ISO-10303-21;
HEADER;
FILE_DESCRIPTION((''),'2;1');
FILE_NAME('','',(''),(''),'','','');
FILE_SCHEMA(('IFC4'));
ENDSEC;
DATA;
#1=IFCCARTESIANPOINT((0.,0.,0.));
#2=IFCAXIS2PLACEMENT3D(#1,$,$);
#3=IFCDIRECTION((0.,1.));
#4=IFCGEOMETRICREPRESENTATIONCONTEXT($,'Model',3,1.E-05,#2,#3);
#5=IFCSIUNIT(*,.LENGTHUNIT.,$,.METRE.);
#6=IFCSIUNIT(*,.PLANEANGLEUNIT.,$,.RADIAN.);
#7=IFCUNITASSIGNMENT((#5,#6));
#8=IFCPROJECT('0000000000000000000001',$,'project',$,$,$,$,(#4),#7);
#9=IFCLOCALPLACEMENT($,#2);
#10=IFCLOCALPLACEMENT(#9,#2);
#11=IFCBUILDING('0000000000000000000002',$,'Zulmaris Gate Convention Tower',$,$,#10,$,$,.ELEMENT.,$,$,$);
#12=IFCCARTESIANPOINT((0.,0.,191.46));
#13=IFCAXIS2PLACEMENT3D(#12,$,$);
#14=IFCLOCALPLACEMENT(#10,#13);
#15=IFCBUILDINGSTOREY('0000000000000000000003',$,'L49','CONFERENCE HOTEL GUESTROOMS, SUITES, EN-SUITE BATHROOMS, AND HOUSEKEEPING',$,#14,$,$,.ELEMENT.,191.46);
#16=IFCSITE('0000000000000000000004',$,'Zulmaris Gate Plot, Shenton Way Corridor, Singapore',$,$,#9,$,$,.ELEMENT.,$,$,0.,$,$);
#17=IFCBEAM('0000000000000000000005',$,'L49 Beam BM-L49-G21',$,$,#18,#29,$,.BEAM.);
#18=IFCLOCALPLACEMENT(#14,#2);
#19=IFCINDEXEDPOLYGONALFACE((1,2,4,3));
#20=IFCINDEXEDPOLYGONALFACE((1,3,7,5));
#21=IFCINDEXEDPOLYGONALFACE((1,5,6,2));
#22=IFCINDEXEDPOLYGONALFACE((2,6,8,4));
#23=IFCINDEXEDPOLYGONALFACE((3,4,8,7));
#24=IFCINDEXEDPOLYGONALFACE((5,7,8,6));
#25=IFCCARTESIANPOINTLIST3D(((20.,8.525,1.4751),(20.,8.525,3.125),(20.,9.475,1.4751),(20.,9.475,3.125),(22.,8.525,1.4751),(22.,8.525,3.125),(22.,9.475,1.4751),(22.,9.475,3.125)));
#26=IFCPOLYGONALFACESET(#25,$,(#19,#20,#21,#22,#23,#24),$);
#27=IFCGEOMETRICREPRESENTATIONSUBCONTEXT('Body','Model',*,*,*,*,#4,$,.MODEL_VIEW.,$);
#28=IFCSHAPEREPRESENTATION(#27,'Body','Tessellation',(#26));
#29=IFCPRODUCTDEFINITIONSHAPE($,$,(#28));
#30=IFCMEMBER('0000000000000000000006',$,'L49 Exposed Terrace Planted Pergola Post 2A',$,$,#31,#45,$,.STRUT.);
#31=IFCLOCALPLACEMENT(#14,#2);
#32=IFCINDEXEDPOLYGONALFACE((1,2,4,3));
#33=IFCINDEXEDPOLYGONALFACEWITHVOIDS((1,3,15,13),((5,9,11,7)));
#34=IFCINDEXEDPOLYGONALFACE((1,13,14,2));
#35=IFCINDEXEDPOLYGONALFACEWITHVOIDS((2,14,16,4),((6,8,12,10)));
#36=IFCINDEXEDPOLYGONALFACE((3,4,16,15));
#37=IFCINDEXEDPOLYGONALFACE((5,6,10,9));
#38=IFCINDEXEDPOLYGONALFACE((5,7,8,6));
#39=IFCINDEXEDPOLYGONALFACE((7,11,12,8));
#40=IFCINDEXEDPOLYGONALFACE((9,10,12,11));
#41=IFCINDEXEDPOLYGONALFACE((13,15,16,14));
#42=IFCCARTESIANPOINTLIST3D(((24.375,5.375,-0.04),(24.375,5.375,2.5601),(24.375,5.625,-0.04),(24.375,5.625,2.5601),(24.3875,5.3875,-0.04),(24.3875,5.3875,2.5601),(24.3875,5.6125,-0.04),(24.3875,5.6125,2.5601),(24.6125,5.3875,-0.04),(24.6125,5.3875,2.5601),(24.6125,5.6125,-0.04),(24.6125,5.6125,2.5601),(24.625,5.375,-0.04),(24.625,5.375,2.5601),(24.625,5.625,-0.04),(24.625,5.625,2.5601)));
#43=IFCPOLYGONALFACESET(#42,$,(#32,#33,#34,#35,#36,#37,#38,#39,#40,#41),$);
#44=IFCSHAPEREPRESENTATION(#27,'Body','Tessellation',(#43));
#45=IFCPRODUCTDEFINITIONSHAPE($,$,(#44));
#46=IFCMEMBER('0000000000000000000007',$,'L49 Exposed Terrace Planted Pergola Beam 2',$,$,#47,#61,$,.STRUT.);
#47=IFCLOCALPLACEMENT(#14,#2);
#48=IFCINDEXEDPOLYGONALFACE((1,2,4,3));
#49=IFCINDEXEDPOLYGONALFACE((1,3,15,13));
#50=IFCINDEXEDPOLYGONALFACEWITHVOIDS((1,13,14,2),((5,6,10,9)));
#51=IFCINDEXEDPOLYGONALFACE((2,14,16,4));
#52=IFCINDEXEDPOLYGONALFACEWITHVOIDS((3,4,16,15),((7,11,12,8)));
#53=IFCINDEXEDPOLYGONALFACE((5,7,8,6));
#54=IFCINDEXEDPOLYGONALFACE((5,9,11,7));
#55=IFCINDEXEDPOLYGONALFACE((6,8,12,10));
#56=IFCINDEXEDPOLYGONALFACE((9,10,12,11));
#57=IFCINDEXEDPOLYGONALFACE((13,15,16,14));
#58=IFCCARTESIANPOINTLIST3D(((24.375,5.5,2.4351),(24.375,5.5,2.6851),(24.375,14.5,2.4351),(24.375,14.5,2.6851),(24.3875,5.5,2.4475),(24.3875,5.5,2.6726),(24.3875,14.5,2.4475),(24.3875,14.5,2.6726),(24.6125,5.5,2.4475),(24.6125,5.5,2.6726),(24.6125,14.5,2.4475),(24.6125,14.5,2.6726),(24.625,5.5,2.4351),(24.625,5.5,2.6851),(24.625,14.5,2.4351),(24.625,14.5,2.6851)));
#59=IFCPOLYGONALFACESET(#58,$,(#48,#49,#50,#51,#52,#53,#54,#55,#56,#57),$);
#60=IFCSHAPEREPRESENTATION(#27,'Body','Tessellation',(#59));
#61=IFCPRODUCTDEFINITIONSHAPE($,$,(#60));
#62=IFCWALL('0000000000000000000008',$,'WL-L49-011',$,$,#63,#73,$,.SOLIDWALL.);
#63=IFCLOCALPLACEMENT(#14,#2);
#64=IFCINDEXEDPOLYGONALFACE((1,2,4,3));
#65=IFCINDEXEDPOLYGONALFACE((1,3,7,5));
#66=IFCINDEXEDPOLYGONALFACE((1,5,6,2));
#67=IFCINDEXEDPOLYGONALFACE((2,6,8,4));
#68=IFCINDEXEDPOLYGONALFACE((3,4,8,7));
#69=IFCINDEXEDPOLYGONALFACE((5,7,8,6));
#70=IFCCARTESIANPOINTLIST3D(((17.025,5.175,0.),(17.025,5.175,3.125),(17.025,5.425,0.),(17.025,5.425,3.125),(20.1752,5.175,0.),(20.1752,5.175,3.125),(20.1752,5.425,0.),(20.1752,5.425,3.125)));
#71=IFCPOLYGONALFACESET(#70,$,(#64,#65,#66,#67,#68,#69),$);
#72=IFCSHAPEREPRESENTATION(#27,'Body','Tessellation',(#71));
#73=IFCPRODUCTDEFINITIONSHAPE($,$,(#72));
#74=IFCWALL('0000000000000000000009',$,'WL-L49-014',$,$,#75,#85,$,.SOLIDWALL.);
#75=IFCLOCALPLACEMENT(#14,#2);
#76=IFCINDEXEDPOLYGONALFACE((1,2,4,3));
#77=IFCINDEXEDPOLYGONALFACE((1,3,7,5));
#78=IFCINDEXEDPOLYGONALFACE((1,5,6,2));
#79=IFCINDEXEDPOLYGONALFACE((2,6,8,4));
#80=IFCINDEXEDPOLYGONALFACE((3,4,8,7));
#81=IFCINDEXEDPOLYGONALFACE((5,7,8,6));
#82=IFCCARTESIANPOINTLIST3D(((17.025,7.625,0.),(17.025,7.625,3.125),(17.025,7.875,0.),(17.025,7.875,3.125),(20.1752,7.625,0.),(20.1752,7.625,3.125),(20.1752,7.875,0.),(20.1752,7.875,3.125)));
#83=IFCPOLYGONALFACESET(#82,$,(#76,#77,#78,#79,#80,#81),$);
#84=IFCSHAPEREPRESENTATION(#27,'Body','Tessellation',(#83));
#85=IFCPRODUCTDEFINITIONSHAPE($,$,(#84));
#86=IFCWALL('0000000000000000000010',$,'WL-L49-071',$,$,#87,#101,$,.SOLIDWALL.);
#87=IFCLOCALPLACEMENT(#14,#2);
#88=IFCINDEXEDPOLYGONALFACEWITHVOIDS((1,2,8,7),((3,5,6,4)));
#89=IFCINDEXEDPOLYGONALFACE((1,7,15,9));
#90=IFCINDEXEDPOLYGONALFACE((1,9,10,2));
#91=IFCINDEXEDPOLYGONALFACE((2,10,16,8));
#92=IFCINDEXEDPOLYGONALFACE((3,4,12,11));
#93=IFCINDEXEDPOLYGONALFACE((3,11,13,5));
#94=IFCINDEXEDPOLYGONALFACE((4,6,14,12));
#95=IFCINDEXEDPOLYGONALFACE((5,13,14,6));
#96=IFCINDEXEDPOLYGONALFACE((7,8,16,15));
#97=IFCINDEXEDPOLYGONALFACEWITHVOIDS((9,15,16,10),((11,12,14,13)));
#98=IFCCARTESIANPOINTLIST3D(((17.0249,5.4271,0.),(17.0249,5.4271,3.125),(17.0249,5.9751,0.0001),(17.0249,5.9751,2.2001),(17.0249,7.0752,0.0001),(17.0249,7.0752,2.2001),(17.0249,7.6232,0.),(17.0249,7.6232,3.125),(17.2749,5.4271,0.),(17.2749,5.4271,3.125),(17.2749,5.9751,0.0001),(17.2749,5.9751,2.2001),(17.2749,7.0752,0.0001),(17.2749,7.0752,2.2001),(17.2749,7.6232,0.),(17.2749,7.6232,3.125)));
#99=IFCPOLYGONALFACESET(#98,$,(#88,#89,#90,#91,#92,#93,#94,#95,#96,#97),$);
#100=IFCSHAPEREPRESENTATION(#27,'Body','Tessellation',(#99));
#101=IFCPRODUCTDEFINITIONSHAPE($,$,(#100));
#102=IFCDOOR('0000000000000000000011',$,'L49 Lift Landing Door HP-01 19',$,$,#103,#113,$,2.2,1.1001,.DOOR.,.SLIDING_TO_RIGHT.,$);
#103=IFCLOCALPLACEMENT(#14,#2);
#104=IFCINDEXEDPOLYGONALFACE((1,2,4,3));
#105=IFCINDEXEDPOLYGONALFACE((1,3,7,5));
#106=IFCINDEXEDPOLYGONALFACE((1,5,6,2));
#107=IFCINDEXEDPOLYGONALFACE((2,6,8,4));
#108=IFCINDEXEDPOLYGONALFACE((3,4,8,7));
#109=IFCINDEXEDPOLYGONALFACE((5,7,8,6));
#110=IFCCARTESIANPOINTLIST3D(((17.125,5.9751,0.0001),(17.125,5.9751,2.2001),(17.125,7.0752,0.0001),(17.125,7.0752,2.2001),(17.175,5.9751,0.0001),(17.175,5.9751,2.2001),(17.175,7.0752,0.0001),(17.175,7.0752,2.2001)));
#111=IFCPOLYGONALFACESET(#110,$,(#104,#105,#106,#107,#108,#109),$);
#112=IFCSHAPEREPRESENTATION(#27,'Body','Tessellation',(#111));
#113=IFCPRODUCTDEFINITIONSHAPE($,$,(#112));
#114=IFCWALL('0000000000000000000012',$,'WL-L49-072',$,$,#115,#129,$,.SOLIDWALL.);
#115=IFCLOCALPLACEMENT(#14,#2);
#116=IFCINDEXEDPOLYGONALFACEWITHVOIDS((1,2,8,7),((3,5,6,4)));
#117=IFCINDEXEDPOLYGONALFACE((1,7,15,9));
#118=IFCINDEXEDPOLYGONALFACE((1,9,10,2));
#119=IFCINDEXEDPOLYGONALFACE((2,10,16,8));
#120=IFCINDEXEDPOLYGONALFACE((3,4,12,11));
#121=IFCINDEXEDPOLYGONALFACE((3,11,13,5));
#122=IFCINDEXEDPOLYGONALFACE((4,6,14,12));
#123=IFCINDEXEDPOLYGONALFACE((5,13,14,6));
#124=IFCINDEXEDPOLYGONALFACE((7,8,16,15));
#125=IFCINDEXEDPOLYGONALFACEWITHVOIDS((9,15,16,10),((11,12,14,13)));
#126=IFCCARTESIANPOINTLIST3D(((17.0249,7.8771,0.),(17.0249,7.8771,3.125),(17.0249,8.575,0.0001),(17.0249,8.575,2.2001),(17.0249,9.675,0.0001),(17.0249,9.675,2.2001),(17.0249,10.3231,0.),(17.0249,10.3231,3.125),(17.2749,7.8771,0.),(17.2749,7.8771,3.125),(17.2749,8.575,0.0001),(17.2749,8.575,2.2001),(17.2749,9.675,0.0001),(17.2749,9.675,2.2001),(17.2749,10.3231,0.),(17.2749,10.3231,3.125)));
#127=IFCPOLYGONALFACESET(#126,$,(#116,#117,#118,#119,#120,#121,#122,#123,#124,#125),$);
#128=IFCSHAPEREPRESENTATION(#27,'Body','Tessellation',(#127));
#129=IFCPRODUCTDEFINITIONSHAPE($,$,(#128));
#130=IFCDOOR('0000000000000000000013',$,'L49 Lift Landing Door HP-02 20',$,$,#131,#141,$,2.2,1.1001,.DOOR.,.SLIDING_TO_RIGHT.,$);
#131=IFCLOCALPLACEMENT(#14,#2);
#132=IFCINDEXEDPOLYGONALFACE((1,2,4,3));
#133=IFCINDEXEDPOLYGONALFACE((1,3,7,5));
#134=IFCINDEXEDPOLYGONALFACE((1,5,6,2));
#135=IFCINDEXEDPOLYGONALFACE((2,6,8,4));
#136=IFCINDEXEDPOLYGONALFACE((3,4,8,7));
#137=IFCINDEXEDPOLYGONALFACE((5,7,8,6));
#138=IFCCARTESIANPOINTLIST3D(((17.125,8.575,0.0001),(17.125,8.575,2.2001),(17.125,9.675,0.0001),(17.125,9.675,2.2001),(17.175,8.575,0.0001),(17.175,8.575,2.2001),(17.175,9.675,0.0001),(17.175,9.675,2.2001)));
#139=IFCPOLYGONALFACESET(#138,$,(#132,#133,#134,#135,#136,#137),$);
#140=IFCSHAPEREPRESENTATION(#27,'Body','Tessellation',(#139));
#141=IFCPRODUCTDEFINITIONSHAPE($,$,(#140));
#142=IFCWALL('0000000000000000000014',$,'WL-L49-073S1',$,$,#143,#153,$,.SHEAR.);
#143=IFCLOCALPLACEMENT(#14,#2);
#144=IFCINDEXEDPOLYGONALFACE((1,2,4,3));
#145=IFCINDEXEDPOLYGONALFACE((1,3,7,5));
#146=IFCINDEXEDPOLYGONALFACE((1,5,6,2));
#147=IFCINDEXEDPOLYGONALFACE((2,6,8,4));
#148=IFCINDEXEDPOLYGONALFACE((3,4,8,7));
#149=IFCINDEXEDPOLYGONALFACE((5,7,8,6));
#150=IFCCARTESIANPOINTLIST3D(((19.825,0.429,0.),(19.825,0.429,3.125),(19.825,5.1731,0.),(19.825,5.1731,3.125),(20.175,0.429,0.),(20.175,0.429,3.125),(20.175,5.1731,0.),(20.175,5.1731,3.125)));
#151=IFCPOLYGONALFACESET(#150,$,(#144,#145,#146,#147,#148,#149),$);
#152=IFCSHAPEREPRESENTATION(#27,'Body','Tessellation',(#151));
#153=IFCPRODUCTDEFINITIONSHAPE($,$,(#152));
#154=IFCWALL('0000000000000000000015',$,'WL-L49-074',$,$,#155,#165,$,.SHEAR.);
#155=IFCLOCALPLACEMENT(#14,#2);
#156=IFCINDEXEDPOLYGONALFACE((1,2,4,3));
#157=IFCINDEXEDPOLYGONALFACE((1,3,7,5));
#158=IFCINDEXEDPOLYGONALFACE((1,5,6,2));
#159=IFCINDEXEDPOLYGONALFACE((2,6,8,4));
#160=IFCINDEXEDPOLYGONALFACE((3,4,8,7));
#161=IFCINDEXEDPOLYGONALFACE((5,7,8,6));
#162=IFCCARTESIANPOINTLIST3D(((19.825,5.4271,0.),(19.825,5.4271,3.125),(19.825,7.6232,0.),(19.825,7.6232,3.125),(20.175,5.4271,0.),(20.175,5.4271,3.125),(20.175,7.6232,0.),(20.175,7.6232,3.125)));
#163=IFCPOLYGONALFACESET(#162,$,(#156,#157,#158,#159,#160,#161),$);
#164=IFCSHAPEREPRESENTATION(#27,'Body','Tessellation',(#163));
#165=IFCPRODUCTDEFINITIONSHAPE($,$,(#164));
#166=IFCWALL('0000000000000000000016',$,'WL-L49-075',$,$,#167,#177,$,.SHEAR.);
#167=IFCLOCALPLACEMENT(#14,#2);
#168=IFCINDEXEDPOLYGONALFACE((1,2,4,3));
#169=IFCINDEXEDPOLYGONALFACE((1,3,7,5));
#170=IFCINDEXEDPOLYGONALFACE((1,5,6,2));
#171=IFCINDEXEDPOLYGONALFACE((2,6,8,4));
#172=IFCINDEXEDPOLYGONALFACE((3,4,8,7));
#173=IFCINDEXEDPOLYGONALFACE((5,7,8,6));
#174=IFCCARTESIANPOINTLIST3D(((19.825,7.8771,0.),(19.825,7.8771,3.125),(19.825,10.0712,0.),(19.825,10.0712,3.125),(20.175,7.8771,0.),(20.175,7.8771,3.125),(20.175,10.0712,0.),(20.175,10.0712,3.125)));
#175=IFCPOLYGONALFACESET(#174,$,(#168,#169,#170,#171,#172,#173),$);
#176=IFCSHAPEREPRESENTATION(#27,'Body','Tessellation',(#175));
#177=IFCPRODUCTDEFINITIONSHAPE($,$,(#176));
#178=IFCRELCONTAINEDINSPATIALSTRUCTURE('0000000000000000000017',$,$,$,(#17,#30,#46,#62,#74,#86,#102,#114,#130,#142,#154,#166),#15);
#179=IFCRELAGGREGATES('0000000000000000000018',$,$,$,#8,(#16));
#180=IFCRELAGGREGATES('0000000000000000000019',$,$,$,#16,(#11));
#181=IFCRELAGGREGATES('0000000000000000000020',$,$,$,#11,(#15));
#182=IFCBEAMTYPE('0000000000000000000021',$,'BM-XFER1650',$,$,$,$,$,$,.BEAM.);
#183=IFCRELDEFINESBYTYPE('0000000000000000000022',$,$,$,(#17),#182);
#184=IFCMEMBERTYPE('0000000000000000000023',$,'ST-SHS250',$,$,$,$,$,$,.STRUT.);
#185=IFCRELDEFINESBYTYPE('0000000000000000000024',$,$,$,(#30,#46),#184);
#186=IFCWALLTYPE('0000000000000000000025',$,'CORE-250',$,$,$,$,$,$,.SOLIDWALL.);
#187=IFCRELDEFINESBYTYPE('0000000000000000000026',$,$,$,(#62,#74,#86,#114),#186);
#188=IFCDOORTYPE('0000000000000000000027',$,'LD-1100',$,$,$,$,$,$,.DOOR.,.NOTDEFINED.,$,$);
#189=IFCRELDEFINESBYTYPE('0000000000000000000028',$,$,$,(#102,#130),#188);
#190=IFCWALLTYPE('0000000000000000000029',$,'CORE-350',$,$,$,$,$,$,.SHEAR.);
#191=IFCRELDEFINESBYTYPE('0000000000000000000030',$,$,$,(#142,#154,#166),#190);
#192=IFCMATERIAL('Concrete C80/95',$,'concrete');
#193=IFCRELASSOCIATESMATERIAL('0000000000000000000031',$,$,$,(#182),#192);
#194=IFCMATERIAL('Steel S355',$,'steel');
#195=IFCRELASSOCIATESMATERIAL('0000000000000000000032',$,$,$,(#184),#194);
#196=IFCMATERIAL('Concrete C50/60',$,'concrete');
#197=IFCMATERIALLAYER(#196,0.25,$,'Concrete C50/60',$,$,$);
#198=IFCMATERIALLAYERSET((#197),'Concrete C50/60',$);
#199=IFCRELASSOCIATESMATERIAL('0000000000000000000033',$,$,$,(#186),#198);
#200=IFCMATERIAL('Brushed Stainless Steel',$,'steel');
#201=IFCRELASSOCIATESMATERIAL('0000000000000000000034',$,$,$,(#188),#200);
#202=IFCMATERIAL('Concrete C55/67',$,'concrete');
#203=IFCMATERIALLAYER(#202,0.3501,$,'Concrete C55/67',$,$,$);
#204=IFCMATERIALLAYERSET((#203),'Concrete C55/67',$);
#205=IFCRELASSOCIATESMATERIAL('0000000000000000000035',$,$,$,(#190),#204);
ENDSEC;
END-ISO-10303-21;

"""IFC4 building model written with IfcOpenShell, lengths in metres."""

from ifc_helpers import new_model, si_unit, direction, frame, frame_2d, origin, origin_2d, place, context, subcontext, project, spatial, rectangle, hollow_rectangle, extrude, material, layer, layer_set, material_profile, profile_set, type_object, element, fill, save


model = new_model("IFC4")

# Units and contexts
model_context = context("Model", 3, precision=1e-05, world=origin(), true_north=direction((0.0, 1.0)))
body_context = subcontext(model_context, "Body", "Model", "MODEL_VIEW")
ifc_project = project(units=[si_unit("LENGTHUNIT", "METRE"), si_unit("PLANEANGLEUNIT", "RADIAN")], contexts=[model_context])

# Site, building, storey
site_placement = place(None, origin())
site = spatial("IfcSite", under=ifc_project, at=site_placement, Name="Zulmaris Gate Plot, Shenton Way Corridor, Singapore", CompositionType="ELEMENT", RefElevation=0.0)
building_placement = place(site_placement, origin())
building = spatial("IfcBuilding", under=site, at=building_placement, Name="Zulmaris Gate Convention Tower", CompositionType="ELEMENT")
storey_placement = place(building_placement, frame((0.0, 0.0, 191.46)))
storey = spatial("IfcBuildingStorey", under=building, at=storey_placement, Name="L49", Description="CONFERENCE HOTEL GUESTROOMS, SUITES, EN-SUITE BATHROOMS, AND HOUSEKEEPING", CompositionType="ELEMENT", Elevation=191.46)

# Beam
ifc_material_1 = material(Name="Steel S355", Category="steel")
ifc_material_2 = material(Name="Concrete C50/60", Category="concrete")
ifc_material_3 = material(Name="Concrete C80/95", Category="concrete")
ifc_material_profile_1 = material_profile(ifc_material_3, rectangle(XDim=0.95, YDim=1.6499, at=origin_2d()), Name="RC TRANSFER 950x1650")
ifc_profile_set_1 = profile_set([ifc_material_profile_1], Name="Concrete C80/95")
beam_type_1 = type_object("IfcBeamType", Name="BM-XFER1650", PredefinedType="BEAM", material=ifc_profile_set_1)
for number, where, z_axis, x_axis, name in (
    (1, (20.0, 9.0, 2.3), (1.0, 0.0, 0.0), (0.0, 1.0, 0.0), "L49 Beam BM-L49-G21"),
):
    element("IfcBeam", number, at=place(storey_placement, frame(where, z_axis=z_axis, x_axis=x_axis)), inside=storey, type_object=beam_type_1, Name=name, PredefinedType="BEAM", context=body_context, shape_type="SweptSolid", body=[
        extrude(rectangle(XDim=0.95, YDim=1.6499, at=origin_2d()), origin(), (0.0, 0.0, 1.0), 2.0),
    ])

# Members
ifc_material_profile_2 = material_profile(ifc_material_1, hollow_rectangle(XDim=0.25, YDim=0.25, WallThickness=0.0125, at=origin_2d()), Name="SHS 250x250x12.5")
ifc_profile_set_2 = profile_set([ifc_material_profile_2], Name="Steel S355")
member_type = type_object("IfcMemberType", Name="ST-SHS250", PredefinedType="STRUT", material=ifc_profile_set_2)
member_1_placement = place(storey_placement, frame((24.5, 5.5, -0.04), z_axis=(0.0, 0.0, 1.0), x_axis=(1.0, 0.0, 0.0)))
element("IfcMember", 2, at=member_1_placement, inside=storey, type_object=member_type, Name="L49 Exposed Terrace Planted Pergola Post 2A", PredefinedType="STRUT", context=body_context, shape_type="SweptSolid", body=[
    extrude(hollow_rectangle(XDim=0.25, YDim=0.25, WallThickness=0.0125, at=origin_2d()), origin(), (0.0, 0.0, 1.0), 2.6001),
])
member_2_placement = place(storey_placement, frame((24.5, 5.5, 2.5601), z_axis=(0.0, 1.0, 0.0), x_axis=(-1.0, 0.0, 0.0)))
element("IfcMember", 3, at=member_2_placement, inside=storey, type_object=member_type, Name="L49 Exposed Terrace Planted Pergola Beam 2", PredefinedType="STRUT", context=body_context, shape_type="SweptSolid", body=[
    extrude(hollow_rectangle(XDim=0.25, YDim=0.25, WallThickness=0.0125, at=origin_2d()), origin(), (0.0, 0.0, 1.0), 9.0),
])

# Walls
ifc_layer_1 = layer(ifc_material_2, 0.25, Name="Concrete C50/60")
ifc_layer_set_1 = layer_set([ifc_layer_1], Name="Concrete C50/60")
wall_type_1 = type_object("IfcWallType", Name="CORE-250", PredefinedType="SOLIDWALL", material=ifc_layer_set_1)
for number, where, z_axis, x_axis, name in (
    (4, (17.0249, 5.3, 0.0), (0.0, 0.0, 1.0), (1.0, 0.0, 0.0), "WL-L49-011"),
    (5, (17.0249, 7.75, 0.0), (0.0, 0.0, 1.0), (1.0, 0.0, 0.0), "WL-L49-014"),
):
    element("IfcWall", number, at=place(storey_placement, frame(where, z_axis=z_axis, x_axis=x_axis)), inside=storey, type_object=wall_type_1, Name=name, PredefinedType="SOLIDWALL", context=body_context, shape_type="SweptSolid", body=[
        extrude(rectangle(XDim=3.1501, YDim=0.25, at=frame_2d((1.5752, 0.0))), origin(), (0.0, 0.0, 1.0), 3.125),
    ])

# Walls, openings, doors
wall_1_placement = place(storey_placement, frame((17.1499, 5.427, 0.0), z_axis=(0.0, 0.0, 1.0), x_axis=(0.0, 1.0, 0.0)))
wall_1 = element("IfcWall", 6, at=wall_1_placement, inside=storey, type_object=wall_type_1, Name="WL-L49-071", PredefinedType="SOLIDWALL", context=body_context, shape_type="SweptSolid", body=[
    extrude(rectangle(XDim=2.196, YDim=0.25, at=frame_2d((1.0981, 0.0))), origin(), (0.0, 0.0, 1.0), 3.125),
])
opening_1_placement = place(wall_1_placement, frame((0.5481, 0.0, 0.0)))
opening_1 = element("IfcOpeningElement", 7, at=opening_1_placement, cuts=wall_1, PredefinedType="OPENING", context=body_context, shape_type="SweptSolid", body=[
    extrude(rectangle(XDim=1.1001, YDim=2.2, at=frame_2d((0.55, 1.1001))), frame((0.0, 0.135, 0.0), z_axis=(0.0, -1.0, 0.0), x_axis=(1.0, 0.0, 0.0)), (0.0, 0.0, 1.0), 0.27),
])
ifc_material_4 = material(Name="Brushed Stainless Steel", Category="steel")
door_type_1 = type_object("IfcDoorType", Name="LD-1100", OperationType="NOTDEFINED", PredefinedType="DOOR", material=ifc_material_4)
door_1_placement = place(opening_1_placement, origin())
door_1 = element("IfcDoor", 8, at=door_1_placement, inside=storey, type_object=door_type_1, Name="L49 Lift Landing Door HP-01 19", OperationType="SLIDING_TO_RIGHT", OverallHeight=2.2, OverallWidth=1.1001, PredefinedType="DOOR", context=body_context, shape_type="SweptSolid", body=[
    extrude(rectangle(XDim=1.1001, YDim=2.2, at=frame_2d((0.55, 1.1001))), frame((0.0, 0.0249, 0.0), z_axis=(0.0, -1.0, 0.0), x_axis=(1.0, 0.0, 0.0)), (0.0, 0.0, 1.0), 0.05),
])
fill(opening_1, door_1)
wall_2_placement = place(storey_placement, frame((17.1499, 7.877, 0.0), z_axis=(0.0, 0.0, 1.0), x_axis=(0.0, 1.0, 0.0)))
wall_2 = element("IfcWall", 9, at=wall_2_placement, inside=storey, type_object=wall_type_1, Name="WL-L49-072", PredefinedType="SOLIDWALL", context=body_context, shape_type="SweptSolid", body=[
    extrude(rectangle(XDim=2.446, YDim=0.25, at=frame_2d((1.2231, 0.0))), origin(), (0.0, 0.0, 1.0), 3.125),
])
opening_2_placement = place(wall_2_placement, frame((0.698, 0.0, 0.0)))
opening_2 = element("IfcOpeningElement", 10, at=opening_2_placement, cuts=wall_2, PredefinedType="OPENING", context=body_context, shape_type="SweptSolid", body=[
    extrude(rectangle(XDim=1.1001, YDim=2.2, at=frame_2d((0.55, 1.1001))), frame((0.0, 0.135, 0.0), z_axis=(0.0, -1.0, 0.0), x_axis=(1.0, 0.0, 0.0)), (0.0, 0.0, 1.0), 0.27),
])
door_2_placement = place(opening_2_placement, origin())
door_2 = element("IfcDoor", 11, at=door_2_placement, inside=storey, type_object=door_type_1, Name="L49 Lift Landing Door HP-02 20", OperationType="SLIDING_TO_RIGHT", OverallHeight=2.2, OverallWidth=1.1001, PredefinedType="DOOR", context=body_context, shape_type="SweptSolid", body=[
    extrude(rectangle(XDim=1.1001, YDim=2.2, at=frame_2d((0.55, 1.1001))), frame((0.0, 0.0249, 0.0), z_axis=(0.0, -1.0, 0.0), x_axis=(1.0, 0.0, 0.0)), (0.0, 0.0, 1.0), 0.05),
])
fill(opening_2, door_2)

# Walls
ifc_material_5 = material(Name="Concrete C55/67", Category="concrete")
ifc_layer_2 = layer(ifc_material_5, 0.3501, Name="Concrete C55/67")
ifc_layer_set_2 = layer_set([ifc_layer_2], Name="Concrete C55/67")
wall_type_2 = type_object("IfcWallType", Name="CORE-350", PredefinedType="SHEAR", material=ifc_layer_set_2)
wall_3_placement = place(storey_placement, frame((20.0, 0.429, 0.0), z_axis=(0.0, 0.0, 1.0), x_axis=(0.0, 1.0, 0.0)))
element("IfcWall", 12, at=wall_3_placement, inside=storey, type_object=wall_type_2, Name="WL-L49-073S1", PredefinedType="SHEAR", context=body_context, shape_type="SweptSolid", body=[
    extrude(rectangle(XDim=4.7441, YDim=0.3501, at=frame_2d((2.3721, 0.0))), origin(), (0.0, 0.0, 1.0), 3.125),
])
wall_4_placement = place(storey_placement, frame((20.0, 5.427, 0.0), z_axis=(0.0, 0.0, 1.0), x_axis=(0.0, 1.0, 0.0)))
element("IfcWall", 13, at=wall_4_placement, inside=storey, type_object=wall_type_2, Name="WL-L49-074", PredefinedType="SHEAR", context=body_context, shape_type="SweptSolid", body=[
    extrude(rectangle(XDim=2.196, YDim=0.3501, at=frame_2d((1.0981, 0.0))), origin(), (0.0, 0.0, 1.0), 3.125),
])
wall_5_placement = place(storey_placement, frame((20.0, 7.877, 0.0), z_axis=(0.0, 0.0, 1.0), x_axis=(0.0, 1.0, 0.0)))
element("IfcWall", 14, at=wall_5_placement, inside=storey, type_object=wall_type_2, Name="WL-L49-075", PredefinedType="SHEAR", context=body_context, shape_type="SweptSolid", body=[
    extrude(rectangle(XDim=2.1941, YDim=0.3501, at=frame_2d((1.0972, 0.0))), origin(), (0.0, 0.0, 1.0), 3.125),
])

save(model, "model.ifc")
